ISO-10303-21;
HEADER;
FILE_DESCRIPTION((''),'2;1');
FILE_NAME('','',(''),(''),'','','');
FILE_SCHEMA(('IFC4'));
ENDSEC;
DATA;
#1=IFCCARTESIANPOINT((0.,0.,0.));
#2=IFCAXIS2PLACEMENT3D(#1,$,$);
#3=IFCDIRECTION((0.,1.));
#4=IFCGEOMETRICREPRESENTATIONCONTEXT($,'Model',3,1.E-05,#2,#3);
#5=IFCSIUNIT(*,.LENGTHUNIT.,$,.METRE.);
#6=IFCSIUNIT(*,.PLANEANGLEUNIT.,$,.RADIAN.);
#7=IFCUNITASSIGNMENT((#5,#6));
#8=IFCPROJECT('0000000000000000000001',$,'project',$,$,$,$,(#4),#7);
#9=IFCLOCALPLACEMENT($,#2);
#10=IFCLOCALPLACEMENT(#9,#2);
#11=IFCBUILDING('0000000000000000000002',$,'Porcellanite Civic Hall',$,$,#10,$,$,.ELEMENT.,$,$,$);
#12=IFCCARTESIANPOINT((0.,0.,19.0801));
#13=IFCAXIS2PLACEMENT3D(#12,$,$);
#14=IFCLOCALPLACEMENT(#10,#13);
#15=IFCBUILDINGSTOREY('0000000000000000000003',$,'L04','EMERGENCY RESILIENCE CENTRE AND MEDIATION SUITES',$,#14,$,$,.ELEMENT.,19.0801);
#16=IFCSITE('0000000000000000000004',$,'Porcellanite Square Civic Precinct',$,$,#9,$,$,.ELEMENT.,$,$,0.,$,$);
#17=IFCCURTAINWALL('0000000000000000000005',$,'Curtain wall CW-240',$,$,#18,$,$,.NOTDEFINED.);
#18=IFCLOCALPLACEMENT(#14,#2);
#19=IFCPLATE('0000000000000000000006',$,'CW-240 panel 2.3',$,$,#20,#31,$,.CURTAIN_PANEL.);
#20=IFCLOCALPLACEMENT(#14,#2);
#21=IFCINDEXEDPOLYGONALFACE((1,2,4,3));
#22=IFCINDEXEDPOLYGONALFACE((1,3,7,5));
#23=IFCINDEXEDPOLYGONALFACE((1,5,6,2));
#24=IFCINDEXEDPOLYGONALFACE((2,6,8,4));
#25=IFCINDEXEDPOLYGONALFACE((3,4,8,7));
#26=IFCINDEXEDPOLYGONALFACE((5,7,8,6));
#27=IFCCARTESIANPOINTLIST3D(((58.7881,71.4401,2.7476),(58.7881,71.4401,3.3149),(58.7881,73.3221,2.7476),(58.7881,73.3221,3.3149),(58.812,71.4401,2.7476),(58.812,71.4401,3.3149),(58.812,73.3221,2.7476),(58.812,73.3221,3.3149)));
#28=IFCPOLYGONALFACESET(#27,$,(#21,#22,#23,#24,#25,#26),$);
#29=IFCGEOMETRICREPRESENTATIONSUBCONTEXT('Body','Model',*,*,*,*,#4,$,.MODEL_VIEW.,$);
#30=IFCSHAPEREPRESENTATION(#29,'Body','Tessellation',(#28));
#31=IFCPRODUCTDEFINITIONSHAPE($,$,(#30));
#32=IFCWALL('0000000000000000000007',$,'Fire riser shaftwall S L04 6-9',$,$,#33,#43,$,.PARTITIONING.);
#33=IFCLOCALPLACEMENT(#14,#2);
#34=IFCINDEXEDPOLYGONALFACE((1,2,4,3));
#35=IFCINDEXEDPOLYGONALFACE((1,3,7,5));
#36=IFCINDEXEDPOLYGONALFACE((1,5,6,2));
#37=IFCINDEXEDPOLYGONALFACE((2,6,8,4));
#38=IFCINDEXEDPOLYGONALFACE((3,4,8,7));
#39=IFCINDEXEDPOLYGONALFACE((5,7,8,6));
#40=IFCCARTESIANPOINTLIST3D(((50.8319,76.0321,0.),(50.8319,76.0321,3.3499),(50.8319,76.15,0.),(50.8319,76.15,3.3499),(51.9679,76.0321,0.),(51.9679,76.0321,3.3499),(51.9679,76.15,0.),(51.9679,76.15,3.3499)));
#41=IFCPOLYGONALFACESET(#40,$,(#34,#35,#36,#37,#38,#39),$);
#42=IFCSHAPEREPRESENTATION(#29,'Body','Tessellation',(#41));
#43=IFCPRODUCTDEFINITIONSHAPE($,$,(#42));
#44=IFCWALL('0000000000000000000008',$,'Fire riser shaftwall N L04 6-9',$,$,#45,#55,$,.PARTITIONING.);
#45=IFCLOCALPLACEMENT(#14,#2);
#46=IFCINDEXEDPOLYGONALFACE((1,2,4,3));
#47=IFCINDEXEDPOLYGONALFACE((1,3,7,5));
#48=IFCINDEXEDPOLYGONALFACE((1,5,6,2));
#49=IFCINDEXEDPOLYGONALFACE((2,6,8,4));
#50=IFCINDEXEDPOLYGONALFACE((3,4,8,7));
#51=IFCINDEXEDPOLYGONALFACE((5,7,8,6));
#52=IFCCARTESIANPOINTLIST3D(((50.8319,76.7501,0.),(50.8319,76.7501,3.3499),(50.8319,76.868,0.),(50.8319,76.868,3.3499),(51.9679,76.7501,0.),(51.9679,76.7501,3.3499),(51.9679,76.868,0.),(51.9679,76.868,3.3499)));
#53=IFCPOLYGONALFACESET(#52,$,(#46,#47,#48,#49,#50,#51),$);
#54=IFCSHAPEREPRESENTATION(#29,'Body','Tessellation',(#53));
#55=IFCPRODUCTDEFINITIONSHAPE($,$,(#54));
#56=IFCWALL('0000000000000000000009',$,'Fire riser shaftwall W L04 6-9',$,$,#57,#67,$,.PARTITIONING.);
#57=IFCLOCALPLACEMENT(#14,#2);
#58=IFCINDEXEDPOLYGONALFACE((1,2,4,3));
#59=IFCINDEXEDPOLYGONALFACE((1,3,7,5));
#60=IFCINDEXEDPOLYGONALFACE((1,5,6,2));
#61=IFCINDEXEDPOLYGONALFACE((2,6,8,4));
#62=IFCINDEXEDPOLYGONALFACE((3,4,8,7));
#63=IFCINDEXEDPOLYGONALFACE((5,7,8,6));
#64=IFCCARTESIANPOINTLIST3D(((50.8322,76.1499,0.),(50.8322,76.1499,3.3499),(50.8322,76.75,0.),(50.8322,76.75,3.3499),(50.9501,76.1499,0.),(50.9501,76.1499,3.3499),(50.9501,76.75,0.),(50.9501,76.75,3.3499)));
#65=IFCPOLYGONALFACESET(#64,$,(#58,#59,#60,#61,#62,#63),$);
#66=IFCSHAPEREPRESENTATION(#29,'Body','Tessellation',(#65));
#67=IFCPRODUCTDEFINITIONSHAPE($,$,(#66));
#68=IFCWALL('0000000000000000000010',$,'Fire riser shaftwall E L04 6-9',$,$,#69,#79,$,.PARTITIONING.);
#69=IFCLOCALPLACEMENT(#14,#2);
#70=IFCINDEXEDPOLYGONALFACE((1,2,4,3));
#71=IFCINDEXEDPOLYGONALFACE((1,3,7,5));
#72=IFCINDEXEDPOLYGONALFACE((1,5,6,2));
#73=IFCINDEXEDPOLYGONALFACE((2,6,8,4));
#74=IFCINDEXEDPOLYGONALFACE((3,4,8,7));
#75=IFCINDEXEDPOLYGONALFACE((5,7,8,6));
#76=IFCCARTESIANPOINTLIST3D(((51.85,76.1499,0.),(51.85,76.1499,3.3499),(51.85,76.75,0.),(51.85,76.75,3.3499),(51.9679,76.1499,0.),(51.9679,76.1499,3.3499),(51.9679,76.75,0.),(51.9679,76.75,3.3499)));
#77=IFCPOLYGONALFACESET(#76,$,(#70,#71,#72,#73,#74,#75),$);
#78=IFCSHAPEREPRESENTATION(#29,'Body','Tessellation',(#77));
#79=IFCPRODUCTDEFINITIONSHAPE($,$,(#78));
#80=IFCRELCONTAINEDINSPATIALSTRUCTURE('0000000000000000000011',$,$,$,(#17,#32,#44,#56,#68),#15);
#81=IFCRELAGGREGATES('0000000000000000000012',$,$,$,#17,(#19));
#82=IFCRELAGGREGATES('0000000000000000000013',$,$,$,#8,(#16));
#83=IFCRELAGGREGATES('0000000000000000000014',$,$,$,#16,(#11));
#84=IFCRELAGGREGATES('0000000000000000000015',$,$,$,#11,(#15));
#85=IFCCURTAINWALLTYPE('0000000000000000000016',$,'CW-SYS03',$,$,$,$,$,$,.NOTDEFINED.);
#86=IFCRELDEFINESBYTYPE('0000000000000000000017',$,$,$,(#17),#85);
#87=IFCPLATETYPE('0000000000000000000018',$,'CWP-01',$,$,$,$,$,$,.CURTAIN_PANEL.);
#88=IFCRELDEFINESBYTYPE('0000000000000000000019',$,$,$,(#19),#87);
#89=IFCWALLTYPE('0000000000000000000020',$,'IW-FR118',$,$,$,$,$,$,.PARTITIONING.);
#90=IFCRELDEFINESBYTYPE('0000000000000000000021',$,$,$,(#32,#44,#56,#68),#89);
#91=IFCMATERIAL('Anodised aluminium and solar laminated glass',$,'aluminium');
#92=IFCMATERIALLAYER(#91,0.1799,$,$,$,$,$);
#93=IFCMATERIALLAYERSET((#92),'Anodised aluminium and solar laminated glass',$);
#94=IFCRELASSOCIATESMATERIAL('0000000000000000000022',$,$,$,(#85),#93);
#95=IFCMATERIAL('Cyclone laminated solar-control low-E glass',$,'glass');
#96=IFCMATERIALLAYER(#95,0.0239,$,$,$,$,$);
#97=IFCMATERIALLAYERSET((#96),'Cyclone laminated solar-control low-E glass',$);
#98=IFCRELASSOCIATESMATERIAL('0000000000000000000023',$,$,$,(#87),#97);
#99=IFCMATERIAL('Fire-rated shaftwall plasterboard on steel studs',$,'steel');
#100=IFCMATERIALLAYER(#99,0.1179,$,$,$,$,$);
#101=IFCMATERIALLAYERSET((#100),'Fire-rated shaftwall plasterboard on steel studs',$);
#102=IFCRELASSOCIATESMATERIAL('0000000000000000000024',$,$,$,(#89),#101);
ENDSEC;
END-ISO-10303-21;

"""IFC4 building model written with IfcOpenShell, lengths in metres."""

from ifc_helpers import new_model, si_unit, direction, frame, frame_2d, origin, origin_2d, place, context, subcontext, project, spatial, rectangle, extrude, material, layer, layer_set, type_object, element, aggregate, save


model = new_model("IFC4")

# Units and contexts
model_context = context("Model", 3, precision=1e-05, world=origin(), true_north=direction((0.0, 1.0)))
body_context = subcontext(model_context, "Body", "Model", "MODEL_VIEW")
ifc_project = project(units=[si_unit("LENGTHUNIT", "METRE"), si_unit("PLANEANGLEUNIT", "RADIAN")], contexts=[model_context])

# Site, building, storey
site_placement = place(None, origin())
site = spatial("IfcSite", under=ifc_project, at=site_placement, Name="Porcellanite Square Civic Precinct", CompositionType="ELEMENT", RefElevation=0.0)
building_placement = place(site_placement, origin())
building = spatial("IfcBuilding", under=site, at=building_placement, Name="Porcellanite Civic Hall", CompositionType="ELEMENT")
storey_placement = place(building_placement, frame((0.0, 0.0, 19.0801)))
storey = spatial("IfcBuildingStorey", under=building, at=storey_placement, Name="L04", Description="EMERGENCY RESILIENCE CENTRE AND MEDIATION SUITES", CompositionType="ELEMENT", Elevation=19.0801)

# Curtain wall
ifc_material_1 = material(Name="Anodised aluminium and solar laminated glass", Category="aluminium")
ifc_layer_1 = layer(ifc_material_1, 0.1799)
ifc_layer_set_1 = layer_set([ifc_layer_1], Name="Anodised aluminium and solar laminated glass")
curtain_wall_type_1 = type_object("IfcCurtainWallType", Name="CW-SYS03", PredefinedType="NOTDEFINED", material=ifc_layer_set_1)
curtain_wall_1_placement = place(storey_placement, origin())
curtain_wall_1 = element("IfcCurtainWall", 1, at=curtain_wall_1_placement, inside=storey, type_object=curtain_wall_type_1, Name="Curtain wall CW-240", PredefinedType="NOTDEFINED")

# Plate
ifc_material_2 = material(Name="Cyclone laminated solar-control low-E glass", Category="glass")
ifc_layer_2 = layer(ifc_material_2, 0.0239)
ifc_layer_set_2 = layer_set([ifc_layer_2], Name="Cyclone laminated solar-control low-E glass")
plate_type = type_object("IfcPlateType", Name="CWP-01", PredefinedType="CURTAIN_PANEL", material=ifc_layer_set_2)
plate_1_placement = place(storey_placement, frame((58.8, 72.3811, 2.7476), z_axis=(0.0, 0.0, 1.0), x_axis=(0.0, -1.0, 0.0)))
plate_1 = element("IfcPlate", 2, at=plate_1_placement, type_object=plate_type, Name="CW-240 panel 2.3", PredefinedType="CURTAIN_PANEL", context=body_context, shape_type="SweptSolid", body=[
    extrude(rectangle(XDim=1.8821, YDim=0.0239, at=origin_2d()), origin(), (0.0, 0.0, 1.0), 0.5674),
])
aggregate(curtain_wall_1, [plate_1])

# Walls
ifc_material_3 = material(Name="Fire-rated shaftwall plasterboard on steel studs", Category="steel")
ifc_layer_3 = layer(ifc_material_3, 0.1179)
ifc_layer_set_3 = layer_set([ifc_layer_3], Name="Fire-rated shaftwall plasterboard on steel studs")
wall_type = type_object("IfcWallType", Name="IW-FR118", PredefinedType="PARTITIONING", material=ifc_layer_set_3)
for number, where, z_axis, x_axis, name in (
    (3, (50.832, 76.0911, 0.0), (0.0, 0.0, 1.0), (1.0, 0.0, 0.0), "Fire riser shaftwall S L04 6-9"),
    (4, (50.832, 76.8091, 0.0), (0.0, 0.0, 1.0), (1.0, 0.0, 0.0), "Fire riser shaftwall N L04 6-9"),
):
    element("IfcWall", number, at=place(storey_placement, frame(where, z_axis=z_axis, x_axis=x_axis)), inside=storey, type_object=wall_type, Name=name, PredefinedType="PARTITIONING", context=body_context, shape_type="SweptSolid", body=[
        extrude(rectangle(XDim=1.136, YDim=0.1179, at=frame_2d((0.5679, 0.0))), origin(), (0.0, 0.0, 1.0), 3.3499),
    ])
for number, where, z_axis, x_axis, name in (
    (5, (50.8911, 76.1499, 0.0), (0.0, 0.0, 1.0), (0.0, 1.0, 0.0), "Fire riser shaftwall W L04 6-9"),
    (6, (51.9089, 76.1499, 0.0), (0.0, 0.0, 1.0), (0.0, 1.0, 0.0), "Fire riser shaftwall E L04 6-9"),
):
    element("IfcWall", number, at=place(storey_placement, frame(where, z_axis=z_axis, x_axis=x_axis)), inside=storey, type_object=wall_type, Name=name, PredefinedType="PARTITIONING", context=body_context, shape_type="SweptSolid", body=[
        extrude(rectangle(XDim=0.6001, YDim=0.1179, at=frame_2d((0.3, 0.0))), origin(), (0.0, 0.0, 1.0), 3.3499),
    ])

save(model, "model.ifc")
